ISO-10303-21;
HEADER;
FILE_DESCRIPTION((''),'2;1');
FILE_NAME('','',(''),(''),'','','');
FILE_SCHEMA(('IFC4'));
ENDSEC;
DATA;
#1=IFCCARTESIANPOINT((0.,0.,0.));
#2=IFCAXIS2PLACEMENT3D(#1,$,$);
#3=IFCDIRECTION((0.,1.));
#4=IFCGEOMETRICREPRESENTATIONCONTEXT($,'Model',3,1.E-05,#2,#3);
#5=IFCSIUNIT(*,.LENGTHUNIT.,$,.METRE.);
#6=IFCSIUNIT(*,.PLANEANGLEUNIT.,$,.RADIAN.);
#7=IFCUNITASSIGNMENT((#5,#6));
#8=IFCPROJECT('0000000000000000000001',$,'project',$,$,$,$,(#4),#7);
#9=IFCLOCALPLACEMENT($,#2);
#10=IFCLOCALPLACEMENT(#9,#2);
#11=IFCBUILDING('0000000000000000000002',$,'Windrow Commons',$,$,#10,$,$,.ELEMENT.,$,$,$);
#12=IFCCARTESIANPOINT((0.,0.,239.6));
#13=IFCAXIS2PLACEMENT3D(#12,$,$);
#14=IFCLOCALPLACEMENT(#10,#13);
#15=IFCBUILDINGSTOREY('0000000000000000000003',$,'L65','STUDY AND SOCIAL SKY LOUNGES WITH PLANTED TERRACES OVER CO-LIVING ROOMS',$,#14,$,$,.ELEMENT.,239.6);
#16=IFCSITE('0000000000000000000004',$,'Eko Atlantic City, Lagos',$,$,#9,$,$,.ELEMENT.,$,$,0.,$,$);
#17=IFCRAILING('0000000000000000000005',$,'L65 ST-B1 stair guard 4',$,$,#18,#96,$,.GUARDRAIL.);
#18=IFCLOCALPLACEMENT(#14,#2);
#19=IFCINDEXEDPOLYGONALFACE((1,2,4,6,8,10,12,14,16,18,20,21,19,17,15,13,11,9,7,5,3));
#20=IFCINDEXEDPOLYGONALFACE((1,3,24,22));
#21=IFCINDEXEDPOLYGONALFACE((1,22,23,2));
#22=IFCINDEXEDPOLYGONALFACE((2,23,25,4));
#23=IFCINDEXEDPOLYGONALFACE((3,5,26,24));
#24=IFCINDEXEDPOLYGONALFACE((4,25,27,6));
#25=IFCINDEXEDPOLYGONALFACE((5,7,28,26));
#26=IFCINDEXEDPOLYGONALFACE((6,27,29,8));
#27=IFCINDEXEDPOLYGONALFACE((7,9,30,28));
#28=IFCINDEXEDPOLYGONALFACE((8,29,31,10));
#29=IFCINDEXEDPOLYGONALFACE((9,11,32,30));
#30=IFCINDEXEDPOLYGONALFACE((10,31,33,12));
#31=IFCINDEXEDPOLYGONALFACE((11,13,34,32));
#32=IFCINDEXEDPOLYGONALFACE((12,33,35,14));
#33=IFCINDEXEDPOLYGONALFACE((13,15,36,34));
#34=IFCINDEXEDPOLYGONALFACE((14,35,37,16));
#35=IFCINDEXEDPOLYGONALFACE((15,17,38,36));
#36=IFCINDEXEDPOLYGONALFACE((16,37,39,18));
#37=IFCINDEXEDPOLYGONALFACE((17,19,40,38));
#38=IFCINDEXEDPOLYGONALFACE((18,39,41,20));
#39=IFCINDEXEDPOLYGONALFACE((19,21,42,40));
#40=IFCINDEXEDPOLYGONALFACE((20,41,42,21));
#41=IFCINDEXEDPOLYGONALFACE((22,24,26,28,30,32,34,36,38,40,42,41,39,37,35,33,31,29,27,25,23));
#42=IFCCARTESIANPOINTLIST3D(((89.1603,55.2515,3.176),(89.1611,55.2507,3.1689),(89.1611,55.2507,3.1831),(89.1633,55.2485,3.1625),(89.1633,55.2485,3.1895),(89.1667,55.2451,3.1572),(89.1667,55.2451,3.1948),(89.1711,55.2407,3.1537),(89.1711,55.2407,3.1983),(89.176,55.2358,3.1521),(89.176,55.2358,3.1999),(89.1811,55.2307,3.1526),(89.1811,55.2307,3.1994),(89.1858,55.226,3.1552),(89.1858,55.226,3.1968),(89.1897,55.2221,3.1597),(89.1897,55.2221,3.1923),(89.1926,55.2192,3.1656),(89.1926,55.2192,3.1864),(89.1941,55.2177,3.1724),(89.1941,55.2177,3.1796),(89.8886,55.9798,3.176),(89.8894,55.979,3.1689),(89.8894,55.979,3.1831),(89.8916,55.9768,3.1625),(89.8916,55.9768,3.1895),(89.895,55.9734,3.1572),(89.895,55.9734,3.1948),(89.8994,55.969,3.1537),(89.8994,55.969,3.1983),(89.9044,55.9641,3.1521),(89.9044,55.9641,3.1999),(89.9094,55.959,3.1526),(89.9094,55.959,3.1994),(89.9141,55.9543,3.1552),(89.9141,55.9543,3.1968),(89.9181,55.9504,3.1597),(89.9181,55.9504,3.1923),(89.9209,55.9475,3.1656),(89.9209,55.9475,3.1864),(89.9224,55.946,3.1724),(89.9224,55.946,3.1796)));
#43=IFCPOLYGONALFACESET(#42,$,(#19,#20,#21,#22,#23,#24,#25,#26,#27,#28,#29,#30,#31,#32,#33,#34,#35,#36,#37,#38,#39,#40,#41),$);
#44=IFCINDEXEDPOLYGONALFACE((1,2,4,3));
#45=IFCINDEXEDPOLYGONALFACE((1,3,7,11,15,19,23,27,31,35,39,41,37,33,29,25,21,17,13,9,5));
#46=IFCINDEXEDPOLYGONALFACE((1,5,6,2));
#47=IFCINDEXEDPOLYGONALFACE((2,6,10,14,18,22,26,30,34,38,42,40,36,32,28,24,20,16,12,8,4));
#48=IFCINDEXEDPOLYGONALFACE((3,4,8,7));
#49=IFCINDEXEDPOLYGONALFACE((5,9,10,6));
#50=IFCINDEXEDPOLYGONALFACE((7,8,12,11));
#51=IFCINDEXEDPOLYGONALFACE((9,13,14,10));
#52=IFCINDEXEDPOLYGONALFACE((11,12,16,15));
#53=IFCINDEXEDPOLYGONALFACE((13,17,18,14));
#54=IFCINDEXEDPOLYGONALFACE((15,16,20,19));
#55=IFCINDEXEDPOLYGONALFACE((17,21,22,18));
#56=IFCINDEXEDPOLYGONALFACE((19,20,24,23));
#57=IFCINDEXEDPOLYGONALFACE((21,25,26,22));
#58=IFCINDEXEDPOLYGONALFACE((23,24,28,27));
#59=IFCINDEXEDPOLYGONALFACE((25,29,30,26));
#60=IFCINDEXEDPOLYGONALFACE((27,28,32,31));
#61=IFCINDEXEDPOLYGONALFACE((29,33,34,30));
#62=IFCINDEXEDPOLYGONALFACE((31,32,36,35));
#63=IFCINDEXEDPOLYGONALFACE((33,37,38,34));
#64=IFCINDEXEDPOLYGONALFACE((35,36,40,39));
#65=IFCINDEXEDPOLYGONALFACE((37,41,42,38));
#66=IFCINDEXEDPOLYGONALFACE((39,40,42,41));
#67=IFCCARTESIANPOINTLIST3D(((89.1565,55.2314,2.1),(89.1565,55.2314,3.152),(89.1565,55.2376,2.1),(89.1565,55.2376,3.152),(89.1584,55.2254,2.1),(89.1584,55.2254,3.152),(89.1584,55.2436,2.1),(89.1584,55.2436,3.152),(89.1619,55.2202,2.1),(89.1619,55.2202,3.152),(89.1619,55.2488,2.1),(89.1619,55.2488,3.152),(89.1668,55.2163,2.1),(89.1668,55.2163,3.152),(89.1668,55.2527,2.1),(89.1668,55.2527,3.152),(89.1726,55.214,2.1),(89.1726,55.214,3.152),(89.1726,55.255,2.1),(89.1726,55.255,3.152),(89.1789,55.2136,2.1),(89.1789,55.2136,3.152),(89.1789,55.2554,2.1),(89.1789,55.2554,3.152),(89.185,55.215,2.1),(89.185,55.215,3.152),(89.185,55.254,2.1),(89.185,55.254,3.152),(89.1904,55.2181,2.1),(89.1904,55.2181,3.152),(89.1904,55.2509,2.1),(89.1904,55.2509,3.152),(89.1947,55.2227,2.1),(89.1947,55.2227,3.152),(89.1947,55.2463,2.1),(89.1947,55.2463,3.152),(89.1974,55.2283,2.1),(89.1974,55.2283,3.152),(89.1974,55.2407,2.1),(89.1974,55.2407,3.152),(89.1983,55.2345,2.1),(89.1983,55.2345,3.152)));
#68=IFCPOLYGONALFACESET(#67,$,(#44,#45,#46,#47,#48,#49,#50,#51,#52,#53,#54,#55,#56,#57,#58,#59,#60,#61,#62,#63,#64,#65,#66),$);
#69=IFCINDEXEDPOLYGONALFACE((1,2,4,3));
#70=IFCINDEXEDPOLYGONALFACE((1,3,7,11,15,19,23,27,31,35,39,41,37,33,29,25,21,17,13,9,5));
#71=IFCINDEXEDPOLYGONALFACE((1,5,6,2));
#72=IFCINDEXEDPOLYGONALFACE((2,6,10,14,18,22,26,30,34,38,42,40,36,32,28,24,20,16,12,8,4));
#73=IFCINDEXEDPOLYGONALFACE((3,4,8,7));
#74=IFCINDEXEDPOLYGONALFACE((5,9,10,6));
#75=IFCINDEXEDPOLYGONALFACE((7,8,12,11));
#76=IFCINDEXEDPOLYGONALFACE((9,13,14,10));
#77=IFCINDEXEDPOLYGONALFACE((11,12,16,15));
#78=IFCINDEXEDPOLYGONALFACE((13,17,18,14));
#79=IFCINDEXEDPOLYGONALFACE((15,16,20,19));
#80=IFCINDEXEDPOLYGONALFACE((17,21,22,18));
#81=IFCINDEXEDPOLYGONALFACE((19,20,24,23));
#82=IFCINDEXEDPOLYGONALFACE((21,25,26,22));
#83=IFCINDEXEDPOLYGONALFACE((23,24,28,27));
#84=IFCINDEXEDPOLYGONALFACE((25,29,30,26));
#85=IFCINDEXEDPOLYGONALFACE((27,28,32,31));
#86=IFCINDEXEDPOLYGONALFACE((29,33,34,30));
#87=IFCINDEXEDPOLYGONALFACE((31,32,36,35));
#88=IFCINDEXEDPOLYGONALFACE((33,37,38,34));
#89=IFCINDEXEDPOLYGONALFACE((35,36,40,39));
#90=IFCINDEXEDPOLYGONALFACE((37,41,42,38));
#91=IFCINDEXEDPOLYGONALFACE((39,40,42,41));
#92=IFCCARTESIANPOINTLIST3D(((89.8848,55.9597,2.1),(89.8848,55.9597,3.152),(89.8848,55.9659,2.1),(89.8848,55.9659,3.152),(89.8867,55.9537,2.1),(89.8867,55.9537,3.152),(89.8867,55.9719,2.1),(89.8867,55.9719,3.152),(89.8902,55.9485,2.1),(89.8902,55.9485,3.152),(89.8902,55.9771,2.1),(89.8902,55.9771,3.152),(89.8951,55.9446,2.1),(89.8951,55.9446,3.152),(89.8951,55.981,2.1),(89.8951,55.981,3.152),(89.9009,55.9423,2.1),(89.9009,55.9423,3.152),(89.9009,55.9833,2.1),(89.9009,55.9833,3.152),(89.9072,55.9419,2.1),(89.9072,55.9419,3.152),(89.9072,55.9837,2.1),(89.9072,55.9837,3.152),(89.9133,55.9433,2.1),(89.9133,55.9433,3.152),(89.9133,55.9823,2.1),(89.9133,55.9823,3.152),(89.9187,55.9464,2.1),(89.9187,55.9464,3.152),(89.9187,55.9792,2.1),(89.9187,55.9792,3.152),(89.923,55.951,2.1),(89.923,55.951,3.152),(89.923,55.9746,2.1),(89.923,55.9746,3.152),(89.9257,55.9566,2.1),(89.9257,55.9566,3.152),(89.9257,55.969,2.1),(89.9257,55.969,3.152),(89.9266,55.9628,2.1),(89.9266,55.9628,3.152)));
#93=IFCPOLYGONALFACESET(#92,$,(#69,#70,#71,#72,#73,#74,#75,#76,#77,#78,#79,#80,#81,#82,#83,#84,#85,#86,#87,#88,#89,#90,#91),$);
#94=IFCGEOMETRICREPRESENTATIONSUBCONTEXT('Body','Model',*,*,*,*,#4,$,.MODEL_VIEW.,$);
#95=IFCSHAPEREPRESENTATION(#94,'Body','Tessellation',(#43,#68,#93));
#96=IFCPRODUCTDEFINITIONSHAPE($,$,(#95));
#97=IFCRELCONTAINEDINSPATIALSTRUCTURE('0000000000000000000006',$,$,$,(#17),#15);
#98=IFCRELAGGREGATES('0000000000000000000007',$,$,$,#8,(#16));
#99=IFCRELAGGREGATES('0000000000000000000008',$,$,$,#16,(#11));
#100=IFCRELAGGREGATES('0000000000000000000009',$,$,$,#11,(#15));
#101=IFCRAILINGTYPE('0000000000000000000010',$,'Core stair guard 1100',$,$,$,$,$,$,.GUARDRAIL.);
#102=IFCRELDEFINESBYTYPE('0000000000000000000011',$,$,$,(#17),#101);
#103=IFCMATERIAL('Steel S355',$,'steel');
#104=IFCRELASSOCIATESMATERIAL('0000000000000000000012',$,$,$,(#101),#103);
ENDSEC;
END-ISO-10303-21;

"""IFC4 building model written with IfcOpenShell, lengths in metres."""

from ifc_helpers import new_model, si_unit, direction, frame, origin, origin_2d, place, context, subcontext, project, spatial, circle, extrude, material, type_object, element, save


model = new_model("IFC4")

# Units and contexts
model_context = context("Model", 3, precision=1e-05, world=origin(), true_north=direction((0.0, 1.0)))
body_context = subcontext(model_context, "Body", "Model", "MODEL_VIEW")
ifc_project = project(units=[si_unit("LENGTHUNIT", "METRE"), si_unit("PLANEANGLEUNIT", "RADIAN")], contexts=[model_context])

# Site, building, storey
site_placement = place(None, origin())
site = spatial("IfcSite", under=ifc_project, at=site_placement, Name="Eko Atlantic City, Lagos", CompositionType="ELEMENT", RefElevation=0.0)
building_placement = place(site_placement, origin())
building = spatial("IfcBuilding", under=site, at=building_placement, Name="Windrow Commons", CompositionType="ELEMENT")
storey_placement = place(building_placement, frame((0.0, 0.0, 239.6)))
storey = spatial("IfcBuildingStorey", under=building, at=storey_placement, Name="L65", Description="STUDY AND SOCIAL SKY LOUNGES WITH PLANTED TERRACES OVER CO-LIVING ROOMS", CompositionType="ELEMENT", Elevation=239.6)

# Railing
ifc_material_1 = material(Name="Steel S355", Category="steel")
railing_type_1 = type_object("IfcRailingType", Name="Core stair guard 1100", PredefinedType="GUARDRAIL", material=ifc_material_1)
railing_1_placement = place(storey_placement, frame((89.1773, 55.2345, 2.1)))
element("IfcRailing", 1, at=railing_1_placement, inside=storey, type_object=railing_type_1, Name="L65 ST-B1 stair guard 4", PredefinedType="GUARDRAIL", context=body_context, shape_type="SweptSolid", body=[
    extrude(circle(Radius=0.024, at=origin_2d()), frame((0.0, 0.0, 1.076), z_axis=(0.707107, 0.707107, 0.0), x_axis=(-0.707107, 0.707107, 0.0)), (0.0, 0.0, 1.0), 1.03),
    extrude(circle(Radius=0.021, at=origin_2d()), origin(), (0.0, 0.0, 1.0), 1.052),
    extrude(circle(Radius=0.021, at=origin_2d()), frame((0.7283, 0.7283, 0.0)), (0.0, 0.0, 1.0), 1.052),
])

save(model, "model.ifc")
